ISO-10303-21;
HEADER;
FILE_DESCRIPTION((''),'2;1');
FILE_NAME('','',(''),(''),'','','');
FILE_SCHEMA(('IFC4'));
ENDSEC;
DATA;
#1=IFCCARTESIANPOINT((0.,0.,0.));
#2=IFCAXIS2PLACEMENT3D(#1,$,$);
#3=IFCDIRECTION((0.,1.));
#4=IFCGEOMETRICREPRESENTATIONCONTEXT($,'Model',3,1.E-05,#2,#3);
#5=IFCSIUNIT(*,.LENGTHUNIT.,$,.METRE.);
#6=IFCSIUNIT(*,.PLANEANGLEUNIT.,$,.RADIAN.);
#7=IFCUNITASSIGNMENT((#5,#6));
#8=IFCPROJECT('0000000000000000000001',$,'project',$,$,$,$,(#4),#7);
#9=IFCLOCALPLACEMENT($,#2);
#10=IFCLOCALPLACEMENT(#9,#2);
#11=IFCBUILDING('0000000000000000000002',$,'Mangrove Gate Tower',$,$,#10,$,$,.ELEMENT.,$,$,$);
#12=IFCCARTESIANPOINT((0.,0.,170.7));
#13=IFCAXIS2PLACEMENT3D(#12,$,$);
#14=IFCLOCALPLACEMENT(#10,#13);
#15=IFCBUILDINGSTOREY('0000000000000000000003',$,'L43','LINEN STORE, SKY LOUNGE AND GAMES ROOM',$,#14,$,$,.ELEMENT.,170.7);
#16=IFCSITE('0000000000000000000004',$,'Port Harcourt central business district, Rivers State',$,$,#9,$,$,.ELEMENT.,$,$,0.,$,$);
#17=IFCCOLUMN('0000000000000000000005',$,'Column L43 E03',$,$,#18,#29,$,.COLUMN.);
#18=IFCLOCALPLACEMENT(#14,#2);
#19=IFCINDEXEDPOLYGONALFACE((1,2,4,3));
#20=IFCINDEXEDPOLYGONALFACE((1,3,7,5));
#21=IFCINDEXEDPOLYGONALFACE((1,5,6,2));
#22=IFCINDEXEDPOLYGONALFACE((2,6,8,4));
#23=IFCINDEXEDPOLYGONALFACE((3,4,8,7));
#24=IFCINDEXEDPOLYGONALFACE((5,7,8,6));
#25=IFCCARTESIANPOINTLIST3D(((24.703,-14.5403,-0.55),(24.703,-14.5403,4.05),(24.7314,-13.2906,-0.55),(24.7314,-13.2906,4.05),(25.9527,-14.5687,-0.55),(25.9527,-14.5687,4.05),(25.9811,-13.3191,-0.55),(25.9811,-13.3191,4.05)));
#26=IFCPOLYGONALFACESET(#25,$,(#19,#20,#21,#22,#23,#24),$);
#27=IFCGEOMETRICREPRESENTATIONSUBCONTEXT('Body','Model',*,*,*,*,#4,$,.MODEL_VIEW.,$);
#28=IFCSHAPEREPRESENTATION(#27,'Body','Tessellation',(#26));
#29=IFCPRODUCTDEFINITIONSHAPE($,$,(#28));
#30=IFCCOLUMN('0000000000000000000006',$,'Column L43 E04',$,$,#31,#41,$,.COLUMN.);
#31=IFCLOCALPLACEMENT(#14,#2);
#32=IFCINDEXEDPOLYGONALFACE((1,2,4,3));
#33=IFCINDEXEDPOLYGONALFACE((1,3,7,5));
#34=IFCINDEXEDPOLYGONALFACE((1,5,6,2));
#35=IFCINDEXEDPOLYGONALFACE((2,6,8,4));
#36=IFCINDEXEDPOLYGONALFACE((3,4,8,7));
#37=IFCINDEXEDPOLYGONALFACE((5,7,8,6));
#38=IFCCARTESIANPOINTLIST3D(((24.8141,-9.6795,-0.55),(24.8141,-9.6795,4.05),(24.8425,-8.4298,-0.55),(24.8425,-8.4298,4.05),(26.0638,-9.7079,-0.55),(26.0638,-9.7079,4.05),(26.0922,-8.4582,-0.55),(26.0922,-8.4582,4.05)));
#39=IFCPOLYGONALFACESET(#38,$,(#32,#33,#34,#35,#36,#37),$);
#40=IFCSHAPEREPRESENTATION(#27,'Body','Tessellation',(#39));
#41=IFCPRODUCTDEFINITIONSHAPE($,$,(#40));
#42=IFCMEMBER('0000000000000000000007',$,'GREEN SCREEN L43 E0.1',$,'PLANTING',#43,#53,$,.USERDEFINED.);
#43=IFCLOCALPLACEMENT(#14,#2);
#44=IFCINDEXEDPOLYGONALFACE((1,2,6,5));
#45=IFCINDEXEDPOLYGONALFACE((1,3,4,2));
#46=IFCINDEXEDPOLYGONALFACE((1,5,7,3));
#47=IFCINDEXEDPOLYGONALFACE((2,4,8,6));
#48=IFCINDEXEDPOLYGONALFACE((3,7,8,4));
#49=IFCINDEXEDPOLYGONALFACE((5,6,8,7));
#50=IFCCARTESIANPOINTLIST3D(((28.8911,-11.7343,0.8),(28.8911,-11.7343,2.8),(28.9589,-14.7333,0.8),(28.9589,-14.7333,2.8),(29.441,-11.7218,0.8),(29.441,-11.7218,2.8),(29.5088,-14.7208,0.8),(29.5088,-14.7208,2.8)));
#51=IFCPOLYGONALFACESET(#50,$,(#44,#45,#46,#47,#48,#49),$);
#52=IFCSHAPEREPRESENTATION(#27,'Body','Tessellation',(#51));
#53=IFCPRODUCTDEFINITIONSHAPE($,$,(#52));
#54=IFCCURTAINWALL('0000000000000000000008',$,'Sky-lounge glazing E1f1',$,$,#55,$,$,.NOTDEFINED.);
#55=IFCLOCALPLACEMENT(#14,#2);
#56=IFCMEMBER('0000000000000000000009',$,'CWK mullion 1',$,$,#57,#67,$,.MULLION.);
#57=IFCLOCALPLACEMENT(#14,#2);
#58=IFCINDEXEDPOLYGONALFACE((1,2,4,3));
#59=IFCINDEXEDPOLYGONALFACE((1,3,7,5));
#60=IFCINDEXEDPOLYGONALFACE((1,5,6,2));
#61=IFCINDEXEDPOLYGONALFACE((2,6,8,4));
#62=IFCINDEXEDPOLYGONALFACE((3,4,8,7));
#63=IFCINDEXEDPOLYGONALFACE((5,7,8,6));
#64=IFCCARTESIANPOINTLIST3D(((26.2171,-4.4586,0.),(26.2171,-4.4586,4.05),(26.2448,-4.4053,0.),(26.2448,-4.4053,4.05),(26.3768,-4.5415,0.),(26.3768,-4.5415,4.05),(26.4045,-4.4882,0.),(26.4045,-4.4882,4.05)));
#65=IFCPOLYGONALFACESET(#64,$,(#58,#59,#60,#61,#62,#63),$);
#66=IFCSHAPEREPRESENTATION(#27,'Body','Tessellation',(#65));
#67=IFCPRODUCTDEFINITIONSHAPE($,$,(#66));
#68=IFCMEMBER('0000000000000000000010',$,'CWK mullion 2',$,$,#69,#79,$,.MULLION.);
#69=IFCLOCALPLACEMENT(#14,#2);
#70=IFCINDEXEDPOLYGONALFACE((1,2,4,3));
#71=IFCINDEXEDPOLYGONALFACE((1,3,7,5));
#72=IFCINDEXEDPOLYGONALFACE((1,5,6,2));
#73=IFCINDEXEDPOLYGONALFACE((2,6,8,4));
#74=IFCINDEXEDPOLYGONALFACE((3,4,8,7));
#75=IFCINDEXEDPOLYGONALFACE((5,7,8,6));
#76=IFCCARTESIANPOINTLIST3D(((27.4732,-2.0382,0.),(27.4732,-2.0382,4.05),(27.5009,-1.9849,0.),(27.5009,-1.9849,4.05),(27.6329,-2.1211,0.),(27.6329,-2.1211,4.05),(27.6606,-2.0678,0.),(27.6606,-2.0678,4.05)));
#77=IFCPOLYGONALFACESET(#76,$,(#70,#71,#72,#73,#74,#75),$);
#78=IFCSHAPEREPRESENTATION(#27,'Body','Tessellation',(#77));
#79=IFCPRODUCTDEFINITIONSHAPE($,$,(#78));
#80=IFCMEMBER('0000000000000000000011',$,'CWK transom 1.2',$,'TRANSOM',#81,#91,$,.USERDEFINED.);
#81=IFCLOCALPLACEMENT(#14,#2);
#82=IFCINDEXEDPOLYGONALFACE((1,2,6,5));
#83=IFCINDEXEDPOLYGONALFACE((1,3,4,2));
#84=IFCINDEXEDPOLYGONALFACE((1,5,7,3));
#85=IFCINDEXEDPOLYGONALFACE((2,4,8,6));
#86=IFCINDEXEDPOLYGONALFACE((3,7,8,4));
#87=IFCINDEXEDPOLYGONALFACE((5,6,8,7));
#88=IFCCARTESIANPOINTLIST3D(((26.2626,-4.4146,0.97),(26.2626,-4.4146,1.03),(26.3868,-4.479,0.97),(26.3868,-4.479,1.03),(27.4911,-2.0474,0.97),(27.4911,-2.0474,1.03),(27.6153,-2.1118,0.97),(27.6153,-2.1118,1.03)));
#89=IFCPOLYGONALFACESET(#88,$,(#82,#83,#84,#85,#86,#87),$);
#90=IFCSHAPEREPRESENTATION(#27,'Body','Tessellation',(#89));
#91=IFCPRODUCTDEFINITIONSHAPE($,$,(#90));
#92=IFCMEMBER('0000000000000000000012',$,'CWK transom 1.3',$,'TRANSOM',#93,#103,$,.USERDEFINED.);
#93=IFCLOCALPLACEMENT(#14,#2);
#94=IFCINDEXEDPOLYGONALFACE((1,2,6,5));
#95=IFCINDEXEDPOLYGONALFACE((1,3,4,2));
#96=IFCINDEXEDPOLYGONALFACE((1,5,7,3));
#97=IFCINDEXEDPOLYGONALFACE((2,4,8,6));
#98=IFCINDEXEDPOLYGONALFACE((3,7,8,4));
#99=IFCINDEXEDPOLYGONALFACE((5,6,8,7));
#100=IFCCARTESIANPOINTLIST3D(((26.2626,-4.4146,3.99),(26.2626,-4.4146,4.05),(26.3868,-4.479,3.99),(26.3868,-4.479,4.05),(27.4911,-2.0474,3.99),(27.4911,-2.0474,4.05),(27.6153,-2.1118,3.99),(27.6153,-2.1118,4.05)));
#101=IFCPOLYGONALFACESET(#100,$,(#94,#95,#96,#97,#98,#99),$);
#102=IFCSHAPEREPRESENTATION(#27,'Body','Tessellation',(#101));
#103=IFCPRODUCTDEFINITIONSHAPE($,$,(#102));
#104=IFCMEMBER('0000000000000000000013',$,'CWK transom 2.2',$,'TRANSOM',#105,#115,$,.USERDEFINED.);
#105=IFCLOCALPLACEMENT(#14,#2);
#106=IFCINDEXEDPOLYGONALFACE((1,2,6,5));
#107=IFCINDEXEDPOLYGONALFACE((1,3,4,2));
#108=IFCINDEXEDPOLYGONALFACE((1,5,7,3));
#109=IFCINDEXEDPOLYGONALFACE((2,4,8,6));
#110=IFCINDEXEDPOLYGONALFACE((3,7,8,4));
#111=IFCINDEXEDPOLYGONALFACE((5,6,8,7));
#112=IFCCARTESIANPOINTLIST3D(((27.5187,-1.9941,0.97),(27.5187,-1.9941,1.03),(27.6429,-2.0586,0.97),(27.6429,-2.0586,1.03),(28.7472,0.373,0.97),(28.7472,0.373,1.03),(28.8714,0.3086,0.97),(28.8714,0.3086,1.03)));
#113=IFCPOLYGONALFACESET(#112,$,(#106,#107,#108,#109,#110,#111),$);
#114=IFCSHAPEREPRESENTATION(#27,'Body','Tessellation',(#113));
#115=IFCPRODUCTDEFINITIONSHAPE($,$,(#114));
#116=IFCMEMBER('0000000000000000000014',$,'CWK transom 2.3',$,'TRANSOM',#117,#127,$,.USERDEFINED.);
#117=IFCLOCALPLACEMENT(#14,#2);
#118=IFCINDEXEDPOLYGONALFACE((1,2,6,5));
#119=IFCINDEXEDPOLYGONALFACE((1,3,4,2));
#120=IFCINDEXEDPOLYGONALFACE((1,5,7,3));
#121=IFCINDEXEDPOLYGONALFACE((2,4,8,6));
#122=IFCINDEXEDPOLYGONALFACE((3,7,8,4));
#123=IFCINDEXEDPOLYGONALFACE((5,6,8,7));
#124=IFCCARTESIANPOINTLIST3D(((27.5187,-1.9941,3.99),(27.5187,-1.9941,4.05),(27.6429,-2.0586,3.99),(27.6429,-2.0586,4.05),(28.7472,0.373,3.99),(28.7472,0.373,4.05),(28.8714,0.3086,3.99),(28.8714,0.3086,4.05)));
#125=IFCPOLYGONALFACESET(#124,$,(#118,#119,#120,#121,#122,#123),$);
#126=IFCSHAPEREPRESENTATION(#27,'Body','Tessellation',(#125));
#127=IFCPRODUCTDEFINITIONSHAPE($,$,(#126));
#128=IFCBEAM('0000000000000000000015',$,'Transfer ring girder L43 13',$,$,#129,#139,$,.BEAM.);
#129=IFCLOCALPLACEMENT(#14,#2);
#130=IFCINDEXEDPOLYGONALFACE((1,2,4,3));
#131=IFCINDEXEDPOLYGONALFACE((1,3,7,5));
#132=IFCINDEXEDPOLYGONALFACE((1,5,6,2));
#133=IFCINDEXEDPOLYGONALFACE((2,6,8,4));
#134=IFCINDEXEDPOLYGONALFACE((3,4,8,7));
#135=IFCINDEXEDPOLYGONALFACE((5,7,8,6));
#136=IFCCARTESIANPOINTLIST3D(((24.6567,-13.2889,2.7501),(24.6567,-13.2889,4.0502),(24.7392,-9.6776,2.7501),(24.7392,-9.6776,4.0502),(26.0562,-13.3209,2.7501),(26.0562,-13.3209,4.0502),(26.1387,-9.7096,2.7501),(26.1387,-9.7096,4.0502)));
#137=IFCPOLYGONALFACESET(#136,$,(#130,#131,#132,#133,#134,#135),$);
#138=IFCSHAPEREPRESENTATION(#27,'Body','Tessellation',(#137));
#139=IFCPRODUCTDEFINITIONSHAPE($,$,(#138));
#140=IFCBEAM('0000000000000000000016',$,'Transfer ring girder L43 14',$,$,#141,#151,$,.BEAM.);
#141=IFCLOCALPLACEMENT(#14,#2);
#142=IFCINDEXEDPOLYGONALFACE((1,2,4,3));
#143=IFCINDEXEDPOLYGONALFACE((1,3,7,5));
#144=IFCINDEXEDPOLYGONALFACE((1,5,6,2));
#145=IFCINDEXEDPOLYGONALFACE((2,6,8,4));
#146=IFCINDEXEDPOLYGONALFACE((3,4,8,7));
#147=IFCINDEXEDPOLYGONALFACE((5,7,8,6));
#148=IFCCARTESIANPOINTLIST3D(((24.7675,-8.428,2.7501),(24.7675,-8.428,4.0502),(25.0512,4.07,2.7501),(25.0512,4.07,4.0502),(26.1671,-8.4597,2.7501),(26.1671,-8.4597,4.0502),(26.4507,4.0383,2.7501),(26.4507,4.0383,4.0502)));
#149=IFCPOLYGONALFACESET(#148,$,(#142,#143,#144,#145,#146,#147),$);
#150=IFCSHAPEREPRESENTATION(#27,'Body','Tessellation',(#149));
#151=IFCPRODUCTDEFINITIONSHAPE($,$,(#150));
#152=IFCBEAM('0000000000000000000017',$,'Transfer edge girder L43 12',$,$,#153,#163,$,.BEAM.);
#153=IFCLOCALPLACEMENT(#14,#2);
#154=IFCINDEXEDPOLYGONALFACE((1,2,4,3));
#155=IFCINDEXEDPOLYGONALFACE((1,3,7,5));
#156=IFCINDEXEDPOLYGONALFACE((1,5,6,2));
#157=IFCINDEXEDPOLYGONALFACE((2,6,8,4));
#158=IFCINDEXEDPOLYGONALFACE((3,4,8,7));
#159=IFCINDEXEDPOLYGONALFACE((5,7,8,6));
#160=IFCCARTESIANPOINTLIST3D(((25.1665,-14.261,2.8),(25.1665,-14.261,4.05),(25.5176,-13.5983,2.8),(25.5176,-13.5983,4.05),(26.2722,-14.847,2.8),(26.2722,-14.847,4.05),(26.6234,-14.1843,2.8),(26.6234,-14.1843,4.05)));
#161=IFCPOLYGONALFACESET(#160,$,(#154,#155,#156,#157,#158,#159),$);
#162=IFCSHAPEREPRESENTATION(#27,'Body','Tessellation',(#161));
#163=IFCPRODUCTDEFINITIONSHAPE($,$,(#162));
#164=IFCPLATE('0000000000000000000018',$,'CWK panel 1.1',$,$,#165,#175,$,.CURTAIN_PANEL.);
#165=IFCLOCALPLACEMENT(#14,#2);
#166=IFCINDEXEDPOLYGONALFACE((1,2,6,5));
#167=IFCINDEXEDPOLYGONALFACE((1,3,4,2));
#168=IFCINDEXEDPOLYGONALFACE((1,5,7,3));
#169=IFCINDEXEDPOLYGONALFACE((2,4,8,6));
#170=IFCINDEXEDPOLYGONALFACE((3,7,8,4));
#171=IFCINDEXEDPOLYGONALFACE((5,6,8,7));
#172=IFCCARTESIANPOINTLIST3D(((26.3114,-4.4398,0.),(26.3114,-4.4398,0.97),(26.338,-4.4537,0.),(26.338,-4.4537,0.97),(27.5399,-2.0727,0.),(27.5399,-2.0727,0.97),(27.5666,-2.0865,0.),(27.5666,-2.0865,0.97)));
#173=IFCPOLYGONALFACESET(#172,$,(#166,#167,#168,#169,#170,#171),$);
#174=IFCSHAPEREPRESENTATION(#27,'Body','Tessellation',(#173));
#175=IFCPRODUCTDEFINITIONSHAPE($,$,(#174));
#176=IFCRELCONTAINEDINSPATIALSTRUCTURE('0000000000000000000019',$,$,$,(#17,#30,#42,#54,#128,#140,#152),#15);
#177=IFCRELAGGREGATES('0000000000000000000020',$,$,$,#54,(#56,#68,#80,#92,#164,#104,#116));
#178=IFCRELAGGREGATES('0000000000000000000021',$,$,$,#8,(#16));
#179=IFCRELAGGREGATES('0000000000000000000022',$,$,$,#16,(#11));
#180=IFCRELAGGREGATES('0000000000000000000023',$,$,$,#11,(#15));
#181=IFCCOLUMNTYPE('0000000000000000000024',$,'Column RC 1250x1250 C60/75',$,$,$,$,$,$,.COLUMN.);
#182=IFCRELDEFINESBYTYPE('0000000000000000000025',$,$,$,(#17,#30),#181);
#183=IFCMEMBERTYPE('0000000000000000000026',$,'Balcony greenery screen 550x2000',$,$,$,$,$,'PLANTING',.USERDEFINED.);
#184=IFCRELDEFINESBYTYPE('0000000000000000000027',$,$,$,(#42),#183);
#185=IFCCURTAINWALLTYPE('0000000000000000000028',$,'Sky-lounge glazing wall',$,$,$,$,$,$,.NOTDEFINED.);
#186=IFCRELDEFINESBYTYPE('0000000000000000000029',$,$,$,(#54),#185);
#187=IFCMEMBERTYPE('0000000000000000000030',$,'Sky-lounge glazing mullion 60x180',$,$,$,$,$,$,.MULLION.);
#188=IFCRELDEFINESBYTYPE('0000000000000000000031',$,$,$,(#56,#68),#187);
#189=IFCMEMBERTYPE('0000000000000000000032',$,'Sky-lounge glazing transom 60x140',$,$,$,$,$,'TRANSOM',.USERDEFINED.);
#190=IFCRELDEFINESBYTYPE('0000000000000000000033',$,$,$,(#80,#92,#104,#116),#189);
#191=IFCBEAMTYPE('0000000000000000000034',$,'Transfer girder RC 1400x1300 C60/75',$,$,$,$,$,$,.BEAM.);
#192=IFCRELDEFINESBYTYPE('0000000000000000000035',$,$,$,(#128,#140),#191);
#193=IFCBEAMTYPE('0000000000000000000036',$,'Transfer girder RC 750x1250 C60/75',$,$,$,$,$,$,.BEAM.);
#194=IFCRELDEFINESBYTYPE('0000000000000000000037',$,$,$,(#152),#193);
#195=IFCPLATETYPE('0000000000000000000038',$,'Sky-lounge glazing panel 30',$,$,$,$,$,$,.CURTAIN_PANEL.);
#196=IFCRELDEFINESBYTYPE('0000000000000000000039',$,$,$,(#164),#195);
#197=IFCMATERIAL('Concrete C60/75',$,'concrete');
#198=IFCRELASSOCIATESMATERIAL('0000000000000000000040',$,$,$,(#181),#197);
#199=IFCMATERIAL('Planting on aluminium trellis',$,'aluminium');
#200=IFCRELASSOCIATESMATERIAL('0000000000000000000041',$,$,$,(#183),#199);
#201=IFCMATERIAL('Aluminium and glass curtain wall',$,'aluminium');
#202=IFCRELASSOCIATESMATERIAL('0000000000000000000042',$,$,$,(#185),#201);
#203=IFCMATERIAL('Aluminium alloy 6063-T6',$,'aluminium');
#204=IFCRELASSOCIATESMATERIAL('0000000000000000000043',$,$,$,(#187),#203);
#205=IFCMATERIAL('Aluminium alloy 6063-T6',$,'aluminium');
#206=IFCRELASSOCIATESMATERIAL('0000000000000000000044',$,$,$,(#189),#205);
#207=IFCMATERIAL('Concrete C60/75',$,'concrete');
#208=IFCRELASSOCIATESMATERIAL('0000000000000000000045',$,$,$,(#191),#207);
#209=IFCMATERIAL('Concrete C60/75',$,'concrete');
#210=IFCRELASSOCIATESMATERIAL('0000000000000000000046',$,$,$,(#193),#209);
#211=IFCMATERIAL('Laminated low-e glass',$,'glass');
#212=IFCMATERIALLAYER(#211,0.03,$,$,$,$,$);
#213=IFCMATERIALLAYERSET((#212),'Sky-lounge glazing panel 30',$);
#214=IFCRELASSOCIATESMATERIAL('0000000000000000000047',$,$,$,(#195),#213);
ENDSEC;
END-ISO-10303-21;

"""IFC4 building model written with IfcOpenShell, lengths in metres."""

from ifc_helpers import new_model, si_unit, direction, frame, origin, origin_2d, place, context, subcontext, project, spatial, rectangle, extrude, material, layer, layer_set, material_profile, profile_set, type_object, element, aggregate, save


model = new_model("IFC4")

# Units and contexts
model_context = context("Model", 3, precision=1e-05, world=origin(), true_north=direction((0.0, 1.0)))
body_context = subcontext(model_context, "Body", "Model", "MODEL_VIEW")
ifc_project = project(units=[si_unit("LENGTHUNIT", "METRE"), si_unit("PLANEANGLEUNIT", "RADIAN")], contexts=[model_context])

# Site, building, storey
site_placement = place(None, origin())
site = spatial("IfcSite", under=ifc_project, at=site_placement, Name="Port Harcourt central business district, Rivers State", CompositionType="ELEMENT", RefElevation=0.0)
building_placement = place(site_placement, origin())
building = spatial("IfcBuilding", under=site, at=building_placement, Name="Mangrove Gate Tower", CompositionType="ELEMENT")
storey_placement = place(building_placement, frame((0.0, 0.0, 170.7)))
storey = spatial("IfcBuildingStorey", under=building, at=storey_placement, Name="L43", Description="LINEN STORE, SKY LOUNGE AND GAMES ROOM", CompositionType="ELEMENT", Elevation=170.7)

# Columns
ifc_material_1 = material(Name="Concrete C60/75", Category="concrete")
ifc_material_profile_1 = material_profile(ifc_material_1, rectangle(XDim=1.25, YDim=1.25, at=origin_2d()))
ifc_profile_set_1 = profile_set([ifc_material_profile_1], Name="Concrete C60/75")
column_type = type_object("IfcColumnType", Name="Column RC 1250x1250 C60/75", PredefinedType="COLUMN", material=ifc_profile_set_1)
for number, where, z_axis, x_axis, name in (
    (1, (25.342, -13.9297, -0.55), (0.0, 0.0, 1.0), (0.022726, 0.999742, 0.0), "Column L43 E03"),
    (2, (25.4531, -9.0688, -0.55), (0.0, 0.0, 1.0), (0.022725, 0.999742, 0.0), "Column L43 E04"),
):
    element("IfcColumn", number, at=place(storey_placement, frame(where, z_axis=z_axis, x_axis=x_axis)), inside=storey, type_object=column_type, Name=name, PredefinedType="COLUMN", context=body_context, shape_type="SweptSolid", body=[
        extrude(rectangle(XDim=1.25, YDim=1.25, at=origin_2d()), origin(), (0.0, 0.0, 1.0), 4.6001),
    ])

# Member
ifc_material_2 = material(Name="Planting on aluminium trellis", Category="aluminium")
ifc_material_profile_2 = material_profile(ifc_material_2, rectangle(XDim=0.55, YDim=2.0, at=origin_2d()))
ifc_profile_set_2 = profile_set([ifc_material_profile_2], Name="Planting on aluminium trellis")
member_type_1 = type_object("IfcMemberType", Name="Balcony greenery screen 550x2000", ElementType="PLANTING", PredefinedType="USERDEFINED", material=ifc_profile_set_2)
member_1_placement = place(storey_placement, frame((29.2339, -14.7271, 1.8), z_axis=(-0.022625, 0.999744, 0.0), x_axis=(-0.999744, -0.022625, 0.0)))
element("IfcMember", 3, at=member_1_placement, inside=storey, type_object=member_type_1, Name="GREEN SCREEN L43 E0.1", ObjectType="PLANTING", PredefinedType="USERDEFINED", context=body_context, shape_type="SweptSolid", body=[
    extrude(rectangle(XDim=0.55, YDim=2.0, at=origin_2d()), origin(), (0.0, 0.0, 1.0), 2.9998),
])

# Curtain wall, members
ifc_material_3 = material(Name="Aluminium and glass curtain wall", Category="aluminium")
curtain_wall_type = type_object("IfcCurtainWallType", Name="Sky-lounge glazing wall", PredefinedType="NOTDEFINED", material=ifc_material_3)
curtain_wall_placement = place(storey_placement, origin())
curtain_wall = element("IfcCurtainWall", 4, at=curtain_wall_placement, inside=storey, type_object=curtain_wall_type, Name="Sky-lounge glazing E1f1", PredefinedType="NOTDEFINED")
ifc_material_4 = material(Name="Aluminium alloy 6063-T6", Category="aluminium")
ifc_material_profile_3 = material_profile(ifc_material_4, rectangle(XDim=0.0601, YDim=0.1799, at=origin_2d()))
ifc_profile_set_3 = profile_set([ifc_material_profile_3], Name="Aluminium alloy 6063-T6")
member_type_2 = type_object("IfcMemberType", Name="Sky-lounge glazing mullion 60x180", PredefinedType="MULLION", material=ifc_profile_set_3)
member_2_placement = place(storey_placement, frame((26.3108, -4.4734, 0.0), z_axis=(0.0, 0.0, 1.0), x_axis=(0.460656, 0.887579, 0.0)))
member_2 = element("IfcMember", 5, at=member_2_placement, type_object=member_type_2, Name="CWK mullion 1", PredefinedType="MULLION", context=body_context, shape_type="SweptSolid", body=[
    extrude(rectangle(XDim=0.0601, YDim=0.1799, at=origin_2d()), origin(), (0.0, 0.0, 1.0), 4.05),
])
member_3_placement = place(storey_placement, frame((27.5669, -2.053, 0.0), z_axis=(0.0, 0.0, 1.0), x_axis=(0.460656, 0.887579, 0.0)))
member_3 = element("IfcMember", 6, at=member_3_placement, type_object=member_type_2, Name="CWK mullion 2", PredefinedType="MULLION", context=body_context, shape_type="SweptSolid", body=[
    extrude(rectangle(XDim=0.0601, YDim=0.1799, at=origin_2d()), origin(), (0.0, 0.0, 1.0), 4.05),
])
ifc_material_5 = material(Name="Aluminium alloy 6063-T6", Category="aluminium")
ifc_material_profile_4 = material_profile(ifc_material_5, rectangle(XDim=0.0601, YDim=0.1399, at=origin_2d()))
ifc_profile_set_4 = profile_set([ifc_material_profile_4], Name="Aluminium alloy 6063-T6")
member_type_3 = type_object("IfcMemberType", Name="Sky-lounge glazing transom 60x140", ElementType="TRANSOM", PredefinedType="USERDEFINED", material=ifc_profile_set_4)
member_4_placement = place(storey_placement, frame((26.3247, -4.4468, 1.0), z_axis=(0.460638, 0.887588, 0.0), x_axis=(0.0, 0.0, 1.0)))
member_4 = element("IfcMember", 7, at=member_4_placement, type_object=member_type_3, Name="CWK transom 1.2", ObjectType="TRANSOM", PredefinedType="USERDEFINED", context=body_context, shape_type="SweptSolid", body=[
    extrude(rectangle(XDim=0.0601, YDim=0.1399, at=origin_2d()), origin(), (0.0, 0.0, 1.0), 2.667),
])
member_5_placement = place(storey_placement, frame((26.3247, -4.4468, 4.02), z_axis=(0.460638, 0.887588, 0.0), x_axis=(0.0, 0.0, 1.0)))
member_5 = element("IfcMember", 8, at=member_5_placement, type_object=member_type_3, Name="CWK transom 1.3", ObjectType="TRANSOM", PredefinedType="USERDEFINED", context=body_context, shape_type="SweptSolid", body=[
    extrude(rectangle(XDim=0.0601, YDim=0.1399, at=origin_2d()), origin(), (0.0, 0.0, 1.0), 2.667),
])
member_6_placement = place(storey_placement, frame((27.5808, -2.0264, 1.0), z_axis=(0.460638, 0.887588, 0.0), x_axis=(0.0, 0.0, 1.0)))
member_6 = element("IfcMember", 9, at=member_6_placement, type_object=member_type_3, Name="CWK transom 2.2", ObjectType="TRANSOM", PredefinedType="USERDEFINED", context=body_context, shape_type="SweptSolid", body=[
    extrude(rectangle(XDim=0.0601, YDim=0.1399, at=origin_2d()), origin(), (0.0, 0.0, 1.0), 2.667),
])
member_7_placement = place(storey_placement, frame((27.5808, -2.0264, 4.02), z_axis=(0.460638, 0.887588, 0.0), x_axis=(0.0, 0.0, 1.0)))
member_7 = element("IfcMember", 10, at=member_7_placement, type_object=member_type_3, Name="CWK transom 2.3", ObjectType="TRANSOM", PredefinedType="USERDEFINED", context=body_context, shape_type="SweptSolid", body=[
    extrude(rectangle(XDim=0.0601, YDim=0.1399, at=origin_2d()), origin(), (0.0, 0.0, 1.0), 2.667),
])

# Beams
ifc_material_6 = material(Name="Concrete C60/75", Category="concrete")
ifc_material_profile_5 = material_profile(ifc_material_6, rectangle(XDim=1.3999, YDim=1.3, at=origin_2d()))
ifc_profile_set_5 = profile_set([ifc_material_profile_5], Name="Concrete C60/75")
beam_type_1 = type_object("IfcBeamType", Name="Transfer girder RC 1400x1300 C60/75", PredefinedType="BEAM", material=ifc_profile_set_5)
beam_1_placement = place(storey_placement, frame((25.3564, -13.3049, 3.4001), z_axis=(0.022844, 0.999739, 0.0), x_axis=(-0.999739, 0.022844, 0.0)))
element("IfcBeam", 11, at=beam_1_placement, inside=storey, type_object=beam_type_1, Name="Transfer ring girder L43 13", PredefinedType="BEAM", context=body_context, shape_type="SweptSolid", body=[
    extrude(rectangle(XDim=1.3999, YDim=1.3, at=origin_2d()), origin(), (0.0, 0.0, 1.0), 3.6123),
])
beam_2_placement = place(storey_placement, frame((25.4673, -8.4438, 3.4001), z_axis=(0.022693, 0.999742, 0.0), x_axis=(-0.999742, 0.022693, 0.0)))
element("IfcBeam", 12, at=beam_2_placement, inside=storey, type_object=beam_type_1, Name="Transfer ring girder L43 14", PredefinedType="BEAM", context=body_context, shape_type="SweptSolid", body=[
    extrude(rectangle(XDim=1.3999, YDim=1.3, at=origin_2d()), origin(), (0.0, 0.0, 1.0), 12.5012),
])
ifc_material_7 = material(Name="Concrete C60/75", Category="concrete")
ifc_material_profile_6 = material_profile(ifc_material_7, rectangle(XDim=0.75, YDim=1.25, at=origin_2d()))
ifc_profile_set_6 = profile_set([ifc_material_profile_6], Name="Concrete C60/75")
beam_type_2 = type_object("IfcBeamType", Name="Transfer girder RC 750x1250 C60/75", PredefinedType="BEAM", material=ifc_profile_set_6)
beam_3_placement = place(storey_placement, frame((25.342, -13.9297, 3.425), z_axis=(0.883603, -0.468237, 0.0), x_axis=(0.468237, 0.883603, 0.0)))
element("IfcBeam", 13, at=beam_3_placement, inside=storey, type_object=beam_type_2, Name="Transfer edge girder L43 12", PredefinedType="BEAM", context=body_context, shape_type="SweptSolid", body=[
    extrude(rectangle(XDim=0.75, YDim=1.25, at=origin_2d()), origin(), (0.0, 0.0, 1.0), 1.2515),
])

# Plate
ifc_material_8 = material(Name="Laminated low-e glass", Category="glass")
ifc_layer_1 = layer(ifc_material_8, 0.03)
ifc_layer_set_1 = layer_set([ifc_layer_1], Name="Sky-lounge glazing panel 30")
plate_type = type_object("IfcPlateType", Name="Sky-lounge glazing panel 30", PredefinedType="CURTAIN_PANEL", material=ifc_layer_set_1)
plate_1_placement = place(storey_placement, frame((26.939, -3.2632, 0.0), z_axis=(0.0, 0.0, 1.0), x_axis=(0.460656, 0.887579, 0.0)))
plate_1 = element("IfcPlate", 14, at=plate_1_placement, type_object=plate_type, Name="CWK panel 1.1", PredefinedType="CURTAIN_PANEL", context=body_context, shape_type="SweptSolid", body=[
    extrude(rectangle(XDim=2.667, YDim=0.03, at=origin_2d()), origin(), (0.0, 0.0, 1.0), 0.97),
])
aggregate(curtain_wall, [member_2, member_3, member_4, member_5, plate_1, member_6, member_7])

save(model, "model.ifc")
